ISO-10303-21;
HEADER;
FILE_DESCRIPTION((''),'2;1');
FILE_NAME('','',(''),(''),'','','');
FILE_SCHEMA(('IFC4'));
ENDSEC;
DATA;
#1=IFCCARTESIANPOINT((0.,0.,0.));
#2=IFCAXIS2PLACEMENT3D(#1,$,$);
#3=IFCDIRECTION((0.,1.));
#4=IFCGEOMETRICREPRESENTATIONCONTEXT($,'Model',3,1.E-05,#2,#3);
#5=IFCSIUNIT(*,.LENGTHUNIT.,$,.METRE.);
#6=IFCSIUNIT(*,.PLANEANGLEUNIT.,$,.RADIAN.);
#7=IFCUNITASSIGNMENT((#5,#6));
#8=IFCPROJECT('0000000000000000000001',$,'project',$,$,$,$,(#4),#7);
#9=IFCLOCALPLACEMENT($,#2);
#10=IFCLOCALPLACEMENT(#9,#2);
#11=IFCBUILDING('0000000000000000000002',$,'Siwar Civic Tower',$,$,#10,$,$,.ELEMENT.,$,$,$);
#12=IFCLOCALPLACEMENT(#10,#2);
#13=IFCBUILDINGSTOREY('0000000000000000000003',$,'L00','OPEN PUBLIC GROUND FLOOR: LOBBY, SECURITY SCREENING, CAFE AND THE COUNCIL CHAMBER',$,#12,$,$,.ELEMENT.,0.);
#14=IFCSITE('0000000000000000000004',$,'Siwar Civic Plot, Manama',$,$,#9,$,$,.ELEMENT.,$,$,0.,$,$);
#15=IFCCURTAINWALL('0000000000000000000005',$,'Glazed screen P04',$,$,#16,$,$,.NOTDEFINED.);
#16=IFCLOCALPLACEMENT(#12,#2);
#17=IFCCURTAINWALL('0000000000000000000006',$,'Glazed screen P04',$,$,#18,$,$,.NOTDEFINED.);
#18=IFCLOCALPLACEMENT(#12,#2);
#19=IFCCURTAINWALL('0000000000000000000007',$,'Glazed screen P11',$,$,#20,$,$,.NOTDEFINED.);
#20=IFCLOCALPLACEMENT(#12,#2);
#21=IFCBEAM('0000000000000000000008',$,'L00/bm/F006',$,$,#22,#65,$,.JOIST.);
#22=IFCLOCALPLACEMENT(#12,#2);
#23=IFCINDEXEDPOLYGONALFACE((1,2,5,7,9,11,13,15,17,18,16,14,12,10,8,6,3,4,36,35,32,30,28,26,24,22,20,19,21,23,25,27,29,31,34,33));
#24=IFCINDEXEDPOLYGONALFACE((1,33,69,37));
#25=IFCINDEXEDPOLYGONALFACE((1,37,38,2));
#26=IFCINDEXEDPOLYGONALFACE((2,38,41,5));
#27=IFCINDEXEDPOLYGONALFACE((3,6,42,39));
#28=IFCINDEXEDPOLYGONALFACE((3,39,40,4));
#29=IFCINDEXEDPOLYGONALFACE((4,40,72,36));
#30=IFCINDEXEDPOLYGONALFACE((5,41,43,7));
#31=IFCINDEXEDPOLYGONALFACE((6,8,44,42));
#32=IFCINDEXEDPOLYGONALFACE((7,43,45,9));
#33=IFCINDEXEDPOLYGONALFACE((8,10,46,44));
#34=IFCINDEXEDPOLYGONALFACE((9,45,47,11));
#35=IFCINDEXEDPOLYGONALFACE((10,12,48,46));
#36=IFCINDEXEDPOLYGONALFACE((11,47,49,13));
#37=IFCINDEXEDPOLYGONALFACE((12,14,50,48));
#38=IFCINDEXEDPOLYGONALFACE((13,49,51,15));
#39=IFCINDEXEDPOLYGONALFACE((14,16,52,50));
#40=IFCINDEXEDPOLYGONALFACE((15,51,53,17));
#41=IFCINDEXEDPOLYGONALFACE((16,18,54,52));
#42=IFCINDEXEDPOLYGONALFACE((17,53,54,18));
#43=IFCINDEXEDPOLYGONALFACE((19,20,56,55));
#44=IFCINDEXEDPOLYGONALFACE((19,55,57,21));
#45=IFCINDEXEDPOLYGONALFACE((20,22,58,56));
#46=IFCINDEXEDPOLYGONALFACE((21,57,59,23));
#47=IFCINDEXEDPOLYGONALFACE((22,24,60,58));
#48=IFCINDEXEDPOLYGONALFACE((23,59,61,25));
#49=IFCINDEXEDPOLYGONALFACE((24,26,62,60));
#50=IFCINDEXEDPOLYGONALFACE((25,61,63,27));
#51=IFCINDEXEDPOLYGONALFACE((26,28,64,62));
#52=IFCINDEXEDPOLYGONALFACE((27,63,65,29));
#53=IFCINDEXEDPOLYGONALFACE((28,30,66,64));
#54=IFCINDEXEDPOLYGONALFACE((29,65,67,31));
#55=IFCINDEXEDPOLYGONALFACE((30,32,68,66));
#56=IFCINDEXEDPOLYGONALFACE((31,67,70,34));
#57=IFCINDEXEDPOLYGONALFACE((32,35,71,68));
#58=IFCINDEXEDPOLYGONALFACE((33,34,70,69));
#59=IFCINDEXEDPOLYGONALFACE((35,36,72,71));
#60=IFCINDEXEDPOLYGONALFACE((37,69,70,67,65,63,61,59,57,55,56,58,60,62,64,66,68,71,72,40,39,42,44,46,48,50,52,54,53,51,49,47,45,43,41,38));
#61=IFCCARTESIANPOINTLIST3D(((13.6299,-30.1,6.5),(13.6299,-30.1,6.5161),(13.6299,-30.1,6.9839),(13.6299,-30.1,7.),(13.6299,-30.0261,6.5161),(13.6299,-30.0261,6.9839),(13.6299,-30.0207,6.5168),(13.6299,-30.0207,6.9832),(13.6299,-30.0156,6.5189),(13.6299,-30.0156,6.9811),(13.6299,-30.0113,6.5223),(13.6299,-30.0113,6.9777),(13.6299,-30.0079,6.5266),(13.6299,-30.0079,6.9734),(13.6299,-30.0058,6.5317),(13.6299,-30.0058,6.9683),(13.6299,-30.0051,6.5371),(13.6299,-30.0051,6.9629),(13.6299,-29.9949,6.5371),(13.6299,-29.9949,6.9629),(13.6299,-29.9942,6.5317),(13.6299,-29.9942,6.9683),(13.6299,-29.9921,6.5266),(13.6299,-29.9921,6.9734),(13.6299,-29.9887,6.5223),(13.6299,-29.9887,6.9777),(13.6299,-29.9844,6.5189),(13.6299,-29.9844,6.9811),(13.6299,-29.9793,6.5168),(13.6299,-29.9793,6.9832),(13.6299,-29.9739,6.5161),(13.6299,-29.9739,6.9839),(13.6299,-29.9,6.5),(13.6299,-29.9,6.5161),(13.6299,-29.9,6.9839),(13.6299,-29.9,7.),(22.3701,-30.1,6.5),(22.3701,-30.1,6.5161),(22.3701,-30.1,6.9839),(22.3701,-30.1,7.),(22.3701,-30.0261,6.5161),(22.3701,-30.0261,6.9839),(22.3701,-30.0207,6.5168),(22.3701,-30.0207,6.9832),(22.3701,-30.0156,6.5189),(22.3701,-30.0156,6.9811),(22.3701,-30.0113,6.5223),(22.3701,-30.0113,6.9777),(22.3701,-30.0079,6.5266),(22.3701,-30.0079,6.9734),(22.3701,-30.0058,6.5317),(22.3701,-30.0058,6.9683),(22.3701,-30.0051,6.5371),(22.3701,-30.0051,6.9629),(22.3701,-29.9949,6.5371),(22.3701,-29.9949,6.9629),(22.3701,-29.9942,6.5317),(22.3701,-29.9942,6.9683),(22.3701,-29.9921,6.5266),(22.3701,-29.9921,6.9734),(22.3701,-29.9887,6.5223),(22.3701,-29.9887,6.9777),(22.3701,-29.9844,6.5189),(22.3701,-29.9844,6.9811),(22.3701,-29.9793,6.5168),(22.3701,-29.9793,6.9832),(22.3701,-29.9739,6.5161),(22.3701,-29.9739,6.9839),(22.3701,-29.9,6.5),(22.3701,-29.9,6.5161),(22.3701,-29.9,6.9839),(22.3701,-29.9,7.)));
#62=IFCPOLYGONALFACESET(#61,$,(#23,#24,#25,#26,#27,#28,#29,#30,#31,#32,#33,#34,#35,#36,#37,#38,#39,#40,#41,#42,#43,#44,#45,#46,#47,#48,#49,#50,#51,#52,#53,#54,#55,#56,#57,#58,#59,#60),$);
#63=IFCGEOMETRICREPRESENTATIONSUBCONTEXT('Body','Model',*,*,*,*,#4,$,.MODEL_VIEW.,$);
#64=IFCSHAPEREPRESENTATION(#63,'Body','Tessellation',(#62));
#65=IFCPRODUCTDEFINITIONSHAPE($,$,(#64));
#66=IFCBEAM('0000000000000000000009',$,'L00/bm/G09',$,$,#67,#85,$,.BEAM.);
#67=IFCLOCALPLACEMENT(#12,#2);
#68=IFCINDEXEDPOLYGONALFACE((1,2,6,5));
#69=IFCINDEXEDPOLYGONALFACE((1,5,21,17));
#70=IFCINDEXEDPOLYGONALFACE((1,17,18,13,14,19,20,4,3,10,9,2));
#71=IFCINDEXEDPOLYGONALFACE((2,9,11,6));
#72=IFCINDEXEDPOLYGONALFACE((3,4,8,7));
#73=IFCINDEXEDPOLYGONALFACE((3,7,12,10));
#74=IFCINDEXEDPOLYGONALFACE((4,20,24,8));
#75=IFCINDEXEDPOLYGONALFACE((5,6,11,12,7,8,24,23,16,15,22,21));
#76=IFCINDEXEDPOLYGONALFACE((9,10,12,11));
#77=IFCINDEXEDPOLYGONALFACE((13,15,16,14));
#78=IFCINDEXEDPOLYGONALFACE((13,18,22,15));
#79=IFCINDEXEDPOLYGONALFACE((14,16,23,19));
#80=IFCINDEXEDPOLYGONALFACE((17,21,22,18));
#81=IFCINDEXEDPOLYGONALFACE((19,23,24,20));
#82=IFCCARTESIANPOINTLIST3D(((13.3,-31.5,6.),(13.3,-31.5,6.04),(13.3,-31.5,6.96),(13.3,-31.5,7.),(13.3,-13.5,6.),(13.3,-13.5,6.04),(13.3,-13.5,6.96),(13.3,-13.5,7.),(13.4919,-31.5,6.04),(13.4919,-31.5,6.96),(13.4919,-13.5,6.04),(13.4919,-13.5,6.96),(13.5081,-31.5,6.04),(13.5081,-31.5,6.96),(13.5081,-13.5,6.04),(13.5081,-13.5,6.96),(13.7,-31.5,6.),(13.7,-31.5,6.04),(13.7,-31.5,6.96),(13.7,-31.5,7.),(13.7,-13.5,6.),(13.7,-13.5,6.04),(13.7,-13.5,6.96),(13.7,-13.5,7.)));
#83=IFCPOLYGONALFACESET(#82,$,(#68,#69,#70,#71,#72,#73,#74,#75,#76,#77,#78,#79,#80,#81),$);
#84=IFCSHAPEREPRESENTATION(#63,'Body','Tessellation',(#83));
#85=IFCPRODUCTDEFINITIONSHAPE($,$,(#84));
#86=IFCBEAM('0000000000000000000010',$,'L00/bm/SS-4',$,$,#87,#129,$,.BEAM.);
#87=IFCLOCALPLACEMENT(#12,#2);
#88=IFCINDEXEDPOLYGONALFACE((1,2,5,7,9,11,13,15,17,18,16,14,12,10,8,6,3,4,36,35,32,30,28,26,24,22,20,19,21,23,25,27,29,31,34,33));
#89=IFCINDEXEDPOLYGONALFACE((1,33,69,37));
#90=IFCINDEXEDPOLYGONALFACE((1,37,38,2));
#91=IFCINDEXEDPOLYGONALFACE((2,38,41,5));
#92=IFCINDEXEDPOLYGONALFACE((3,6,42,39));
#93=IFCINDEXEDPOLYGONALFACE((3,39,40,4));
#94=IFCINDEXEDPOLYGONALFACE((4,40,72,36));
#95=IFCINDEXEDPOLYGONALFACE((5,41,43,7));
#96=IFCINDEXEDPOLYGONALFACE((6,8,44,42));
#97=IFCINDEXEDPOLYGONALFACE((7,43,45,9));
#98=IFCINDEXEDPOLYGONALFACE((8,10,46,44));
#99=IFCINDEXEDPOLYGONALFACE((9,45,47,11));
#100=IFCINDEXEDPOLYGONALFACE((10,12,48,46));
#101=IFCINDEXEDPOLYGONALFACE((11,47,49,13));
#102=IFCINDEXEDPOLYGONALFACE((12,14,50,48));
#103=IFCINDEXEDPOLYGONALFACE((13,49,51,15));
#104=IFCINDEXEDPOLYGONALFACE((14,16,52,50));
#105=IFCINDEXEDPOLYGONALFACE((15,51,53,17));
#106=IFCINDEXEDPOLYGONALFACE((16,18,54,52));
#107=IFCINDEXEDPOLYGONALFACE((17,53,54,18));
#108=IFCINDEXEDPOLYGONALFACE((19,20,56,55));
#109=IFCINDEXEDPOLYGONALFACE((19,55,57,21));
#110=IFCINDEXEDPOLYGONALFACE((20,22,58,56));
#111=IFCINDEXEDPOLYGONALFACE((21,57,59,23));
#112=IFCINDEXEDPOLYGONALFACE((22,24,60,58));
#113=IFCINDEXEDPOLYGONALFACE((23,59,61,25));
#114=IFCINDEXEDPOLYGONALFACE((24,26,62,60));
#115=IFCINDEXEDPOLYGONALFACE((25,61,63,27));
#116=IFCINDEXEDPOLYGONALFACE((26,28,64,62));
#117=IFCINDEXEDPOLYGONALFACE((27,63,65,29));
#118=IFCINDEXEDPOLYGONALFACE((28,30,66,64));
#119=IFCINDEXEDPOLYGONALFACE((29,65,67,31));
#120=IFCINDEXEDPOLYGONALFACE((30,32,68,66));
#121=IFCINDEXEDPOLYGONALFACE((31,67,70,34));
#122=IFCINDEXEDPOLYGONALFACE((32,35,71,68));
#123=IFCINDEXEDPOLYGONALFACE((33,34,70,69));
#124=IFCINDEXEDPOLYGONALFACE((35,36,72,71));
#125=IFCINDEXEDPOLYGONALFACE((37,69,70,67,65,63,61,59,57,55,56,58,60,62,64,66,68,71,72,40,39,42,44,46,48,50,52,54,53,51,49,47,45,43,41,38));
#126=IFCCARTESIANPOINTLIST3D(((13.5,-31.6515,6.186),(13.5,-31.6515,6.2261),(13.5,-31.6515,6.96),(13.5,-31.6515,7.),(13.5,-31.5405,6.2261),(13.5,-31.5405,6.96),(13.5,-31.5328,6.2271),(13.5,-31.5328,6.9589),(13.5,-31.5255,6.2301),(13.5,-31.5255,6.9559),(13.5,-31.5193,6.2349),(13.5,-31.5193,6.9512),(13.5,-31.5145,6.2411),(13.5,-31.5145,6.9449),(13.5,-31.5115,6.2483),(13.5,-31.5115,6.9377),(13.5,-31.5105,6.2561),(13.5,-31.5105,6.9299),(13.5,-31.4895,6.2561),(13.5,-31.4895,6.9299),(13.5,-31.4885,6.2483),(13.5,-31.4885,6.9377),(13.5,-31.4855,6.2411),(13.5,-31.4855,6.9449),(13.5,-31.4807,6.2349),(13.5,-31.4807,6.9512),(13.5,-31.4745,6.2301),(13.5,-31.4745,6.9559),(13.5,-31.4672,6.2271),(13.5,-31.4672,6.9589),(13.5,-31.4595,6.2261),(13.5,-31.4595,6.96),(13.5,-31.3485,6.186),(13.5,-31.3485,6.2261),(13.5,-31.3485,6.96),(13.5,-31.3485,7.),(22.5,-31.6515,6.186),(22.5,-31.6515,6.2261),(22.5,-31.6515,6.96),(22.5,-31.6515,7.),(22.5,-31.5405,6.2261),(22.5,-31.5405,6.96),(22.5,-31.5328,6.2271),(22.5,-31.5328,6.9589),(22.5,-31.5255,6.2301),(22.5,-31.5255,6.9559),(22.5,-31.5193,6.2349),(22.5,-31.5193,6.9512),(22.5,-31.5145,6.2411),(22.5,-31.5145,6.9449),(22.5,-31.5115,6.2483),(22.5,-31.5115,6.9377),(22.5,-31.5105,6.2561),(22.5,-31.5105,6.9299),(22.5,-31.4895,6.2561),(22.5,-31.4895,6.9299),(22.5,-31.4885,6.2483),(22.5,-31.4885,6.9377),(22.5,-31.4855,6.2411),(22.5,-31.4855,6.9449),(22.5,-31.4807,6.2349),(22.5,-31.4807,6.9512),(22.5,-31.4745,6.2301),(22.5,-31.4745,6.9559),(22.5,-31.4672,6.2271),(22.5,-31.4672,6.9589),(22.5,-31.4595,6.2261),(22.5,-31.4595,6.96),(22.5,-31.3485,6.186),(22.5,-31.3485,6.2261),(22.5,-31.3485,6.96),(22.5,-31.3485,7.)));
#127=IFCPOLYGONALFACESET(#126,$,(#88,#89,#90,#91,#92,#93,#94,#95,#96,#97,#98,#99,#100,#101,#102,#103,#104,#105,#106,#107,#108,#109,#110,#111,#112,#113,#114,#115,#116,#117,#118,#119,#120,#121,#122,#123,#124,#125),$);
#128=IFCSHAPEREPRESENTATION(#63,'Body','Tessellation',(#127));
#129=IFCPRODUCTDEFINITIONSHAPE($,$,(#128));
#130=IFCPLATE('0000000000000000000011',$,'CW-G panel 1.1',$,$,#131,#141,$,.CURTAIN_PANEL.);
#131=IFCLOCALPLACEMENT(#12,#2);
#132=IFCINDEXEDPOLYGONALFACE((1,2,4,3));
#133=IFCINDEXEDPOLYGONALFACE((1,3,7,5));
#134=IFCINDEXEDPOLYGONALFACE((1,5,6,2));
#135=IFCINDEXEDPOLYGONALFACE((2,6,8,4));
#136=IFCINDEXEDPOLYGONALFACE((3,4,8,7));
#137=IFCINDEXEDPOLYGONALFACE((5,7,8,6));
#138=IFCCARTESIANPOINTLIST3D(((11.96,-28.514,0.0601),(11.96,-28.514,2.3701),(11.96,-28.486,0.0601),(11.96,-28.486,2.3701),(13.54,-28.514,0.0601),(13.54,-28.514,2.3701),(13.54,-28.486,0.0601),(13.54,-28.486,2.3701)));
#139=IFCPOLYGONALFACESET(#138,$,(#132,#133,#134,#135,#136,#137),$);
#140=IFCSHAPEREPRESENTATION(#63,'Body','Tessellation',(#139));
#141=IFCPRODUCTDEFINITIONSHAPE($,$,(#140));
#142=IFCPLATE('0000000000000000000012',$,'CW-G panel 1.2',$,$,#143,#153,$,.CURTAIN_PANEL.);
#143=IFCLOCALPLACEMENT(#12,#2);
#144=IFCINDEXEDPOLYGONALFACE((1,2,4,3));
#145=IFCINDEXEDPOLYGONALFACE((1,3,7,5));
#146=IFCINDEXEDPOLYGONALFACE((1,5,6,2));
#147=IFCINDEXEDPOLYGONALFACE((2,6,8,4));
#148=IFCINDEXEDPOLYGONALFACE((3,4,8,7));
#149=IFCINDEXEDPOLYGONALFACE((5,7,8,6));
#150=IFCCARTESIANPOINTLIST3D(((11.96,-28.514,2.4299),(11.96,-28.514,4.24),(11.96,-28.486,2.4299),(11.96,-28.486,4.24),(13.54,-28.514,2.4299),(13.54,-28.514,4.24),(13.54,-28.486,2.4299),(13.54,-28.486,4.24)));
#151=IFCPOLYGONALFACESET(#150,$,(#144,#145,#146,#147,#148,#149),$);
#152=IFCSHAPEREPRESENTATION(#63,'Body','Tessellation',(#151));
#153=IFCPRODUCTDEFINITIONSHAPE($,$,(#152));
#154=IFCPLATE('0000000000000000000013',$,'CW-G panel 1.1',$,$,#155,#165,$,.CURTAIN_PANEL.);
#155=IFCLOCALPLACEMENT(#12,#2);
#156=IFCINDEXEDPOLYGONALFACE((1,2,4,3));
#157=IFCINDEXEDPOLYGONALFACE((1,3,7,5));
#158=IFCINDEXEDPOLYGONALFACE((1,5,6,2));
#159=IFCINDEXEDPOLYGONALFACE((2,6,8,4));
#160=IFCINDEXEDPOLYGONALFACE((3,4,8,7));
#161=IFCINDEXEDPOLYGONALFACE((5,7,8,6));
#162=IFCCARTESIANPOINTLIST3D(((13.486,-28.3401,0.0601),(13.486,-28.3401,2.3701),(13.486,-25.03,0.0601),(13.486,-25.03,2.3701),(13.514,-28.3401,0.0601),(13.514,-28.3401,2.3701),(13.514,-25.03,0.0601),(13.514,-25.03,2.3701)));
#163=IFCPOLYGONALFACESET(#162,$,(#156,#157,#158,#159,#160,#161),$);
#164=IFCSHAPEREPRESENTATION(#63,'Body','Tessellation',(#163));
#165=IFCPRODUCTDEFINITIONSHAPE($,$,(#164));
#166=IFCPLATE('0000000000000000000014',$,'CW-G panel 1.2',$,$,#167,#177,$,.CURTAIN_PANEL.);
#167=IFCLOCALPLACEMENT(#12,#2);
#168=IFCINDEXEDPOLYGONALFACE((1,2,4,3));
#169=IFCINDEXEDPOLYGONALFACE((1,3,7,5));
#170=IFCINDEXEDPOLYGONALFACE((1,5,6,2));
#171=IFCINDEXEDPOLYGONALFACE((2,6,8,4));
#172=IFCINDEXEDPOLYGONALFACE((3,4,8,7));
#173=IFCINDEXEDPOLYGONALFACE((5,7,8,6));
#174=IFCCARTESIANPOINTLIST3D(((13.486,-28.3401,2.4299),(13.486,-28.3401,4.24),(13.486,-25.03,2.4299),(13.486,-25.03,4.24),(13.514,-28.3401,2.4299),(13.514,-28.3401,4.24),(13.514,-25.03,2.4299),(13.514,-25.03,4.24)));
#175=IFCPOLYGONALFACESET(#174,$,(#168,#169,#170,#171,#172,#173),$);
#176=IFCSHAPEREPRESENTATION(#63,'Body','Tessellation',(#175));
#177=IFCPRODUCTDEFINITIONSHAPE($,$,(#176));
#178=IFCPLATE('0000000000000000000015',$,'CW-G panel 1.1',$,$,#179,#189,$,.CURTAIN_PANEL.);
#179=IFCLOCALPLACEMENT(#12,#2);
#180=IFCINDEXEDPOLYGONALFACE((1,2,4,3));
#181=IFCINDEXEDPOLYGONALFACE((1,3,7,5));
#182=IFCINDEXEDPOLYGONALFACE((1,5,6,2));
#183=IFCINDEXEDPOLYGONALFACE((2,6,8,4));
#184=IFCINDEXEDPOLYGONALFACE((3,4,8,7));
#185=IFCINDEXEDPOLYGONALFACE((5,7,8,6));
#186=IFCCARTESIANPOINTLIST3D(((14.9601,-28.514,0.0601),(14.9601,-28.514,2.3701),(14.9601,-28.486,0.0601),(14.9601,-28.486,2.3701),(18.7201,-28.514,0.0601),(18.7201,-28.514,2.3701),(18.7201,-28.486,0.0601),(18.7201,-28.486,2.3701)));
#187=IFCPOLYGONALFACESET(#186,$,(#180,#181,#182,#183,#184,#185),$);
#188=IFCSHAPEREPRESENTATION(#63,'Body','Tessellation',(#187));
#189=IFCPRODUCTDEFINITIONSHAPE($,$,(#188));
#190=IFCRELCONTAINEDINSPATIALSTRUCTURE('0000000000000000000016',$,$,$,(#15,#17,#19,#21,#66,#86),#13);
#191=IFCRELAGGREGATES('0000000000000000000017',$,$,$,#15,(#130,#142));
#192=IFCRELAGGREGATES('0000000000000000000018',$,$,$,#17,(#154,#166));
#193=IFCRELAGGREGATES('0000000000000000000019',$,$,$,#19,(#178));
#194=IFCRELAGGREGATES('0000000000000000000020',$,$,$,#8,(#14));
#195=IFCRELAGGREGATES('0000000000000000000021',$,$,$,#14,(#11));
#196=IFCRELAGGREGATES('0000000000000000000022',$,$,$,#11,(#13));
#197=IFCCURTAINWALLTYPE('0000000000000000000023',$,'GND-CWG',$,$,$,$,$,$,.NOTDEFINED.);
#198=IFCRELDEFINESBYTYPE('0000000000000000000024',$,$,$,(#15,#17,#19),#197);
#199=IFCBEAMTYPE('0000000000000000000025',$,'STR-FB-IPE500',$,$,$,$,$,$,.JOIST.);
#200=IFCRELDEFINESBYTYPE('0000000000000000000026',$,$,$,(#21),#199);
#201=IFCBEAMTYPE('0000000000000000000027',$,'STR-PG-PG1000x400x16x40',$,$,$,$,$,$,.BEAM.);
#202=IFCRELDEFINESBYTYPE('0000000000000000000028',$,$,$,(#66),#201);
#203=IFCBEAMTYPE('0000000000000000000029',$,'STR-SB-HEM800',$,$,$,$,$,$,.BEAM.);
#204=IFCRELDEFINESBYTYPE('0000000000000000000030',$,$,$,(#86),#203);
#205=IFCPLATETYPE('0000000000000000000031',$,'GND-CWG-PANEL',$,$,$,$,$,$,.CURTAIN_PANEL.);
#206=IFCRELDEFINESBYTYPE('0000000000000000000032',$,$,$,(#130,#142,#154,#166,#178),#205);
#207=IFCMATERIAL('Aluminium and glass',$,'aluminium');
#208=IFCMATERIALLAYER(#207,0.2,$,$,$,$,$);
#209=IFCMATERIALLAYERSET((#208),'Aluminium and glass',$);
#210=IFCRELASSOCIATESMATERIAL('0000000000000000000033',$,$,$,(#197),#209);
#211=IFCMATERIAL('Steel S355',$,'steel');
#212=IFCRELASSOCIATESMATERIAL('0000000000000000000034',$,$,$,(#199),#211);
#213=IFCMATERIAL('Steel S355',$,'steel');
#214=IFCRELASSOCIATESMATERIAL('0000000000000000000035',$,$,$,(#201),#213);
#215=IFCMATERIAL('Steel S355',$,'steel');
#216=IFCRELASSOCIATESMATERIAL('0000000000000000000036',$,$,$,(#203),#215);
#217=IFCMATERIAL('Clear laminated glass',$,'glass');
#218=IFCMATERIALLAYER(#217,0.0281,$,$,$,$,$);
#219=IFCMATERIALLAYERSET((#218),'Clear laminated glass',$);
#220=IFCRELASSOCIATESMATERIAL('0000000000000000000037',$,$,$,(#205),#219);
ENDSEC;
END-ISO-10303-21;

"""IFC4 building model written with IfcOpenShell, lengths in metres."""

from ifc_helpers import new_model, si_unit, direction, frame, origin, origin_2d, place, context, subcontext, project, spatial, rectangle, i_section, extrude, material, layer, layer_set, material_profile, profile_set, type_object, element, aggregate, save


model = new_model("IFC4")

# Units and contexts
model_context = context("Model", 3, precision=1e-05, world=origin(), true_north=direction((0.0, 1.0)))
body_context = subcontext(model_context, "Body", "Model", "MODEL_VIEW")
ifc_project = project(units=[si_unit("LENGTHUNIT", "METRE"), si_unit("PLANEANGLEUNIT", "RADIAN")], contexts=[model_context])

# Site, building, storey
site_placement = place(None, origin())
site = spatial("IfcSite", under=ifc_project, at=site_placement, Name="Siwar Civic Plot, Manama", CompositionType="ELEMENT", RefElevation=0.0)
building_placement = place(site_placement, origin())
building = spatial("IfcBuilding", under=site, at=building_placement, Name="Siwar Civic Tower", CompositionType="ELEMENT")
storey_placement = place(building_placement, origin())
storey = spatial("IfcBuildingStorey", under=building, at=storey_placement, Name="L00", Description="OPEN PUBLIC GROUND FLOOR: LOBBY, SECURITY SCREENING, CAFE AND THE COUNCIL CHAMBER", CompositionType="ELEMENT", Elevation=0.0)

# Curtain walls
ifc_material_1 = material(Name="Aluminium and glass", Category="aluminium")
ifc_layer_1 = layer(ifc_material_1, 0.2)
ifc_layer_set_1 = layer_set([ifc_layer_1], Name="Aluminium and glass")
curtain_wall_type = type_object("IfcCurtainWallType", Name="GND-CWG", PredefinedType="NOTDEFINED", material=ifc_layer_set_1)
curtain_wall_1_placement = place(storey_placement, origin())
curtain_wall_1 = element("IfcCurtainWall", 1, at=curtain_wall_1_placement, inside=storey, type_object=curtain_wall_type, Name="Glazed screen P04", PredefinedType="NOTDEFINED")
curtain_wall_2_placement = place(storey_placement, origin())
curtain_wall_2 = element("IfcCurtainWall", 2, at=curtain_wall_2_placement, inside=storey, type_object=curtain_wall_type, Name="Glazed screen P04", PredefinedType="NOTDEFINED")

# Curtain wall
curtain_wall_3_placement = place(storey_placement, origin())
curtain_wall_3 = element("IfcCurtainWall", 3, at=curtain_wall_3_placement, inside=storey, type_object=curtain_wall_type, Name="Glazed screen P11", PredefinedType="NOTDEFINED")

# Beams
ifc_material_2 = material(Name="Steel S355", Category="steel")
ifc_material_profile_1 = material_profile(ifc_material_2, i_section(OverallWidth=0.2, OverallDepth=0.5, WebThickness=0.0103, FlangeThickness=0.0161, FilletRadius=0.021, at=origin_2d()), Name="IPE500")
ifc_profile_set_1 = profile_set([ifc_material_profile_1], Name="Steel S355")
beam_type_1 = type_object("IfcBeamType", Name="STR-FB-IPE500", PredefinedType="JOIST", material=ifc_profile_set_1)
beam_1_placement = place(storey_placement, frame((13.6299, -30.0, 6.75), z_axis=(1.0, 0.0, 0.0), x_axis=(0.0, 1.0, 0.0)))
element("IfcBeam", 4, at=beam_1_placement, inside=storey, type_object=beam_type_1, Name="L00/bm/F006", PredefinedType="JOIST", context=body_context, shape_type="SweptSolid", body=[
    extrude(i_section(OverallWidth=0.2, OverallDepth=0.5, WebThickness=0.0103, FlangeThickness=0.0161, FilletRadius=0.021, at=origin_2d()), origin(), (0.0, 0.0, 1.0), 8.7402),
])
ifc_material_3 = material(Name="Steel S355", Category="steel")
ifc_material_profile_2 = material_profile(ifc_material_3, i_section(OverallWidth=0.3999, OverallDepth=1.0, WebThickness=0.0161, FlangeThickness=0.04, at=origin_2d()), Name="PG1000x400x16x40")
ifc_profile_set_2 = profile_set([ifc_material_profile_2], Name="Steel S355")
beam_type_2 = type_object("IfcBeamType", Name="STR-PG-PG1000x400x16x40", PredefinedType="BEAM", material=ifc_profile_set_2)
beam_2_placement = place(storey_placement, frame((13.5, -31.5, 6.5), z_axis=(0.0, 1.0, 0.0), x_axis=(-1.0, 0.0, 0.0)))
element("IfcBeam", 5, at=beam_2_placement, inside=storey, type_object=beam_type_2, Name="L00/bm/G09", PredefinedType="BEAM", context=body_context, shape_type="SweptSolid", body=[
    extrude(i_section(OverallWidth=0.3999, OverallDepth=1.0, WebThickness=0.0161, FlangeThickness=0.04, at=origin_2d()), origin(), (0.0, 0.0, 1.0), 18.0),
])
ifc_material_4 = material(Name="Steel S355", Category="steel")
ifc_material_profile_3 = material_profile(ifc_material_4, i_section(OverallWidth=0.303, OverallDepth=0.814, WebThickness=0.021, FlangeThickness=0.04, FilletRadius=0.03, at=origin_2d()), Name="HEM800")
ifc_profile_set_3 = profile_set([ifc_material_profile_3], Name="Steel S355")
beam_type_3 = type_object("IfcBeamType", Name="STR-SB-HEM800", PredefinedType="BEAM", material=ifc_profile_set_3)
beam_3_placement = place(storey_placement, frame((13.5, -31.5, 6.593), z_axis=(1.0, 0.0, 0.0), x_axis=(0.0, 1.0, 0.0)))
element("IfcBeam", 6, at=beam_3_placement, inside=storey, type_object=beam_type_3, Name="L00/bm/SS-4", PredefinedType="BEAM", context=body_context, shape_type="SweptSolid", body=[
    extrude(i_section(OverallWidth=0.303, OverallDepth=0.814, WebThickness=0.021, FlangeThickness=0.04, FilletRadius=0.03, at=origin_2d()), origin(), (0.0, 0.0, 1.0), 9.0),
])

# Plates
ifc_material_5 = material(Name="Clear laminated glass", Category="glass")
ifc_layer_2 = layer(ifc_material_5, 0.0281)
ifc_layer_set_2 = layer_set([ifc_layer_2], Name="Clear laminated glass")
plate_type = type_object("IfcPlateType", Name="GND-CWG-PANEL", PredefinedType="CURTAIN_PANEL", material=ifc_layer_set_2)
plate_1_placement = place(storey_placement, frame((12.75, -28.5, 0.0601), z_axis=(0.0, 0.0, 1.0), x_axis=(1.0, 0.0, 0.0)))
plate_1 = element("IfcPlate", 7, at=plate_1_placement, type_object=plate_type, Name="CW-G panel 1.1", PredefinedType="CURTAIN_PANEL", context=body_context, shape_type="SweptSolid", body=[
    extrude(rectangle(XDim=1.5801, YDim=0.0281, at=origin_2d()), origin(), (0.0, 0.0, 1.0), 2.3101),
])
plate_2_placement = place(storey_placement, frame((12.75, -28.5, 2.4299), z_axis=(0.0, 0.0, 1.0), x_axis=(1.0, 0.0, 0.0)))
plate_2 = element("IfcPlate", 8, at=plate_2_placement, type_object=plate_type, Name="CW-G panel 1.2", PredefinedType="CURTAIN_PANEL", context=body_context, shape_type="SweptSolid", body=[
    extrude(rectangle(XDim=1.5801, YDim=0.0281, at=origin_2d()), origin(), (0.0, 0.0, 1.0), 1.8101),
])
aggregate(curtain_wall_1, [plate_1, plate_2])
plate_3_placement = place(storey_placement, frame((13.5, -26.6851, 0.0601), z_axis=(0.0, 0.0, 1.0), x_axis=(0.0, 1.0, 0.0)))
plate_3 = element("IfcPlate", 9, at=plate_3_placement, type_object=plate_type, Name="CW-G panel 1.1", PredefinedType="CURTAIN_PANEL", context=body_context, shape_type="SweptSolid", body=[
    extrude(rectangle(XDim=3.3101, YDim=0.0281, at=origin_2d()), origin(), (0.0, 0.0, 1.0), 2.3101),
])
plate_4_placement = place(storey_placement, frame((13.5, -26.6851, 2.4299), z_axis=(0.0, 0.0, 1.0), x_axis=(0.0, 1.0, 0.0)))
plate_4 = element("IfcPlate", 10, at=plate_4_placement, type_object=plate_type, Name="CW-G panel 1.2", PredefinedType="CURTAIN_PANEL", context=body_context, shape_type="SweptSolid", body=[
    extrude(rectangle(XDim=3.3101, YDim=0.0281, at=origin_2d()), origin(), (0.0, 0.0, 1.0), 1.8101),
])
aggregate(curtain_wall_2, [plate_3, plate_4])
plate_5_placement = place(storey_placement, frame((16.8401, -28.5, 0.0601), z_axis=(0.0, 0.0, 1.0), x_axis=(1.0, 0.0, 0.0)))
plate_5 = element("IfcPlate", 11, at=plate_5_placement, type_object=plate_type, Name="CW-G panel 1.1", PredefinedType="CURTAIN_PANEL", context=body_context, shape_type="SweptSolid", body=[
    extrude(rectangle(XDim=3.76, YDim=0.0281, at=origin_2d()), origin(), (0.0, 0.0, 1.0), 2.3101),
])
aggregate(curtain_wall_3, [plate_5])

save(model, "model.ifc")
